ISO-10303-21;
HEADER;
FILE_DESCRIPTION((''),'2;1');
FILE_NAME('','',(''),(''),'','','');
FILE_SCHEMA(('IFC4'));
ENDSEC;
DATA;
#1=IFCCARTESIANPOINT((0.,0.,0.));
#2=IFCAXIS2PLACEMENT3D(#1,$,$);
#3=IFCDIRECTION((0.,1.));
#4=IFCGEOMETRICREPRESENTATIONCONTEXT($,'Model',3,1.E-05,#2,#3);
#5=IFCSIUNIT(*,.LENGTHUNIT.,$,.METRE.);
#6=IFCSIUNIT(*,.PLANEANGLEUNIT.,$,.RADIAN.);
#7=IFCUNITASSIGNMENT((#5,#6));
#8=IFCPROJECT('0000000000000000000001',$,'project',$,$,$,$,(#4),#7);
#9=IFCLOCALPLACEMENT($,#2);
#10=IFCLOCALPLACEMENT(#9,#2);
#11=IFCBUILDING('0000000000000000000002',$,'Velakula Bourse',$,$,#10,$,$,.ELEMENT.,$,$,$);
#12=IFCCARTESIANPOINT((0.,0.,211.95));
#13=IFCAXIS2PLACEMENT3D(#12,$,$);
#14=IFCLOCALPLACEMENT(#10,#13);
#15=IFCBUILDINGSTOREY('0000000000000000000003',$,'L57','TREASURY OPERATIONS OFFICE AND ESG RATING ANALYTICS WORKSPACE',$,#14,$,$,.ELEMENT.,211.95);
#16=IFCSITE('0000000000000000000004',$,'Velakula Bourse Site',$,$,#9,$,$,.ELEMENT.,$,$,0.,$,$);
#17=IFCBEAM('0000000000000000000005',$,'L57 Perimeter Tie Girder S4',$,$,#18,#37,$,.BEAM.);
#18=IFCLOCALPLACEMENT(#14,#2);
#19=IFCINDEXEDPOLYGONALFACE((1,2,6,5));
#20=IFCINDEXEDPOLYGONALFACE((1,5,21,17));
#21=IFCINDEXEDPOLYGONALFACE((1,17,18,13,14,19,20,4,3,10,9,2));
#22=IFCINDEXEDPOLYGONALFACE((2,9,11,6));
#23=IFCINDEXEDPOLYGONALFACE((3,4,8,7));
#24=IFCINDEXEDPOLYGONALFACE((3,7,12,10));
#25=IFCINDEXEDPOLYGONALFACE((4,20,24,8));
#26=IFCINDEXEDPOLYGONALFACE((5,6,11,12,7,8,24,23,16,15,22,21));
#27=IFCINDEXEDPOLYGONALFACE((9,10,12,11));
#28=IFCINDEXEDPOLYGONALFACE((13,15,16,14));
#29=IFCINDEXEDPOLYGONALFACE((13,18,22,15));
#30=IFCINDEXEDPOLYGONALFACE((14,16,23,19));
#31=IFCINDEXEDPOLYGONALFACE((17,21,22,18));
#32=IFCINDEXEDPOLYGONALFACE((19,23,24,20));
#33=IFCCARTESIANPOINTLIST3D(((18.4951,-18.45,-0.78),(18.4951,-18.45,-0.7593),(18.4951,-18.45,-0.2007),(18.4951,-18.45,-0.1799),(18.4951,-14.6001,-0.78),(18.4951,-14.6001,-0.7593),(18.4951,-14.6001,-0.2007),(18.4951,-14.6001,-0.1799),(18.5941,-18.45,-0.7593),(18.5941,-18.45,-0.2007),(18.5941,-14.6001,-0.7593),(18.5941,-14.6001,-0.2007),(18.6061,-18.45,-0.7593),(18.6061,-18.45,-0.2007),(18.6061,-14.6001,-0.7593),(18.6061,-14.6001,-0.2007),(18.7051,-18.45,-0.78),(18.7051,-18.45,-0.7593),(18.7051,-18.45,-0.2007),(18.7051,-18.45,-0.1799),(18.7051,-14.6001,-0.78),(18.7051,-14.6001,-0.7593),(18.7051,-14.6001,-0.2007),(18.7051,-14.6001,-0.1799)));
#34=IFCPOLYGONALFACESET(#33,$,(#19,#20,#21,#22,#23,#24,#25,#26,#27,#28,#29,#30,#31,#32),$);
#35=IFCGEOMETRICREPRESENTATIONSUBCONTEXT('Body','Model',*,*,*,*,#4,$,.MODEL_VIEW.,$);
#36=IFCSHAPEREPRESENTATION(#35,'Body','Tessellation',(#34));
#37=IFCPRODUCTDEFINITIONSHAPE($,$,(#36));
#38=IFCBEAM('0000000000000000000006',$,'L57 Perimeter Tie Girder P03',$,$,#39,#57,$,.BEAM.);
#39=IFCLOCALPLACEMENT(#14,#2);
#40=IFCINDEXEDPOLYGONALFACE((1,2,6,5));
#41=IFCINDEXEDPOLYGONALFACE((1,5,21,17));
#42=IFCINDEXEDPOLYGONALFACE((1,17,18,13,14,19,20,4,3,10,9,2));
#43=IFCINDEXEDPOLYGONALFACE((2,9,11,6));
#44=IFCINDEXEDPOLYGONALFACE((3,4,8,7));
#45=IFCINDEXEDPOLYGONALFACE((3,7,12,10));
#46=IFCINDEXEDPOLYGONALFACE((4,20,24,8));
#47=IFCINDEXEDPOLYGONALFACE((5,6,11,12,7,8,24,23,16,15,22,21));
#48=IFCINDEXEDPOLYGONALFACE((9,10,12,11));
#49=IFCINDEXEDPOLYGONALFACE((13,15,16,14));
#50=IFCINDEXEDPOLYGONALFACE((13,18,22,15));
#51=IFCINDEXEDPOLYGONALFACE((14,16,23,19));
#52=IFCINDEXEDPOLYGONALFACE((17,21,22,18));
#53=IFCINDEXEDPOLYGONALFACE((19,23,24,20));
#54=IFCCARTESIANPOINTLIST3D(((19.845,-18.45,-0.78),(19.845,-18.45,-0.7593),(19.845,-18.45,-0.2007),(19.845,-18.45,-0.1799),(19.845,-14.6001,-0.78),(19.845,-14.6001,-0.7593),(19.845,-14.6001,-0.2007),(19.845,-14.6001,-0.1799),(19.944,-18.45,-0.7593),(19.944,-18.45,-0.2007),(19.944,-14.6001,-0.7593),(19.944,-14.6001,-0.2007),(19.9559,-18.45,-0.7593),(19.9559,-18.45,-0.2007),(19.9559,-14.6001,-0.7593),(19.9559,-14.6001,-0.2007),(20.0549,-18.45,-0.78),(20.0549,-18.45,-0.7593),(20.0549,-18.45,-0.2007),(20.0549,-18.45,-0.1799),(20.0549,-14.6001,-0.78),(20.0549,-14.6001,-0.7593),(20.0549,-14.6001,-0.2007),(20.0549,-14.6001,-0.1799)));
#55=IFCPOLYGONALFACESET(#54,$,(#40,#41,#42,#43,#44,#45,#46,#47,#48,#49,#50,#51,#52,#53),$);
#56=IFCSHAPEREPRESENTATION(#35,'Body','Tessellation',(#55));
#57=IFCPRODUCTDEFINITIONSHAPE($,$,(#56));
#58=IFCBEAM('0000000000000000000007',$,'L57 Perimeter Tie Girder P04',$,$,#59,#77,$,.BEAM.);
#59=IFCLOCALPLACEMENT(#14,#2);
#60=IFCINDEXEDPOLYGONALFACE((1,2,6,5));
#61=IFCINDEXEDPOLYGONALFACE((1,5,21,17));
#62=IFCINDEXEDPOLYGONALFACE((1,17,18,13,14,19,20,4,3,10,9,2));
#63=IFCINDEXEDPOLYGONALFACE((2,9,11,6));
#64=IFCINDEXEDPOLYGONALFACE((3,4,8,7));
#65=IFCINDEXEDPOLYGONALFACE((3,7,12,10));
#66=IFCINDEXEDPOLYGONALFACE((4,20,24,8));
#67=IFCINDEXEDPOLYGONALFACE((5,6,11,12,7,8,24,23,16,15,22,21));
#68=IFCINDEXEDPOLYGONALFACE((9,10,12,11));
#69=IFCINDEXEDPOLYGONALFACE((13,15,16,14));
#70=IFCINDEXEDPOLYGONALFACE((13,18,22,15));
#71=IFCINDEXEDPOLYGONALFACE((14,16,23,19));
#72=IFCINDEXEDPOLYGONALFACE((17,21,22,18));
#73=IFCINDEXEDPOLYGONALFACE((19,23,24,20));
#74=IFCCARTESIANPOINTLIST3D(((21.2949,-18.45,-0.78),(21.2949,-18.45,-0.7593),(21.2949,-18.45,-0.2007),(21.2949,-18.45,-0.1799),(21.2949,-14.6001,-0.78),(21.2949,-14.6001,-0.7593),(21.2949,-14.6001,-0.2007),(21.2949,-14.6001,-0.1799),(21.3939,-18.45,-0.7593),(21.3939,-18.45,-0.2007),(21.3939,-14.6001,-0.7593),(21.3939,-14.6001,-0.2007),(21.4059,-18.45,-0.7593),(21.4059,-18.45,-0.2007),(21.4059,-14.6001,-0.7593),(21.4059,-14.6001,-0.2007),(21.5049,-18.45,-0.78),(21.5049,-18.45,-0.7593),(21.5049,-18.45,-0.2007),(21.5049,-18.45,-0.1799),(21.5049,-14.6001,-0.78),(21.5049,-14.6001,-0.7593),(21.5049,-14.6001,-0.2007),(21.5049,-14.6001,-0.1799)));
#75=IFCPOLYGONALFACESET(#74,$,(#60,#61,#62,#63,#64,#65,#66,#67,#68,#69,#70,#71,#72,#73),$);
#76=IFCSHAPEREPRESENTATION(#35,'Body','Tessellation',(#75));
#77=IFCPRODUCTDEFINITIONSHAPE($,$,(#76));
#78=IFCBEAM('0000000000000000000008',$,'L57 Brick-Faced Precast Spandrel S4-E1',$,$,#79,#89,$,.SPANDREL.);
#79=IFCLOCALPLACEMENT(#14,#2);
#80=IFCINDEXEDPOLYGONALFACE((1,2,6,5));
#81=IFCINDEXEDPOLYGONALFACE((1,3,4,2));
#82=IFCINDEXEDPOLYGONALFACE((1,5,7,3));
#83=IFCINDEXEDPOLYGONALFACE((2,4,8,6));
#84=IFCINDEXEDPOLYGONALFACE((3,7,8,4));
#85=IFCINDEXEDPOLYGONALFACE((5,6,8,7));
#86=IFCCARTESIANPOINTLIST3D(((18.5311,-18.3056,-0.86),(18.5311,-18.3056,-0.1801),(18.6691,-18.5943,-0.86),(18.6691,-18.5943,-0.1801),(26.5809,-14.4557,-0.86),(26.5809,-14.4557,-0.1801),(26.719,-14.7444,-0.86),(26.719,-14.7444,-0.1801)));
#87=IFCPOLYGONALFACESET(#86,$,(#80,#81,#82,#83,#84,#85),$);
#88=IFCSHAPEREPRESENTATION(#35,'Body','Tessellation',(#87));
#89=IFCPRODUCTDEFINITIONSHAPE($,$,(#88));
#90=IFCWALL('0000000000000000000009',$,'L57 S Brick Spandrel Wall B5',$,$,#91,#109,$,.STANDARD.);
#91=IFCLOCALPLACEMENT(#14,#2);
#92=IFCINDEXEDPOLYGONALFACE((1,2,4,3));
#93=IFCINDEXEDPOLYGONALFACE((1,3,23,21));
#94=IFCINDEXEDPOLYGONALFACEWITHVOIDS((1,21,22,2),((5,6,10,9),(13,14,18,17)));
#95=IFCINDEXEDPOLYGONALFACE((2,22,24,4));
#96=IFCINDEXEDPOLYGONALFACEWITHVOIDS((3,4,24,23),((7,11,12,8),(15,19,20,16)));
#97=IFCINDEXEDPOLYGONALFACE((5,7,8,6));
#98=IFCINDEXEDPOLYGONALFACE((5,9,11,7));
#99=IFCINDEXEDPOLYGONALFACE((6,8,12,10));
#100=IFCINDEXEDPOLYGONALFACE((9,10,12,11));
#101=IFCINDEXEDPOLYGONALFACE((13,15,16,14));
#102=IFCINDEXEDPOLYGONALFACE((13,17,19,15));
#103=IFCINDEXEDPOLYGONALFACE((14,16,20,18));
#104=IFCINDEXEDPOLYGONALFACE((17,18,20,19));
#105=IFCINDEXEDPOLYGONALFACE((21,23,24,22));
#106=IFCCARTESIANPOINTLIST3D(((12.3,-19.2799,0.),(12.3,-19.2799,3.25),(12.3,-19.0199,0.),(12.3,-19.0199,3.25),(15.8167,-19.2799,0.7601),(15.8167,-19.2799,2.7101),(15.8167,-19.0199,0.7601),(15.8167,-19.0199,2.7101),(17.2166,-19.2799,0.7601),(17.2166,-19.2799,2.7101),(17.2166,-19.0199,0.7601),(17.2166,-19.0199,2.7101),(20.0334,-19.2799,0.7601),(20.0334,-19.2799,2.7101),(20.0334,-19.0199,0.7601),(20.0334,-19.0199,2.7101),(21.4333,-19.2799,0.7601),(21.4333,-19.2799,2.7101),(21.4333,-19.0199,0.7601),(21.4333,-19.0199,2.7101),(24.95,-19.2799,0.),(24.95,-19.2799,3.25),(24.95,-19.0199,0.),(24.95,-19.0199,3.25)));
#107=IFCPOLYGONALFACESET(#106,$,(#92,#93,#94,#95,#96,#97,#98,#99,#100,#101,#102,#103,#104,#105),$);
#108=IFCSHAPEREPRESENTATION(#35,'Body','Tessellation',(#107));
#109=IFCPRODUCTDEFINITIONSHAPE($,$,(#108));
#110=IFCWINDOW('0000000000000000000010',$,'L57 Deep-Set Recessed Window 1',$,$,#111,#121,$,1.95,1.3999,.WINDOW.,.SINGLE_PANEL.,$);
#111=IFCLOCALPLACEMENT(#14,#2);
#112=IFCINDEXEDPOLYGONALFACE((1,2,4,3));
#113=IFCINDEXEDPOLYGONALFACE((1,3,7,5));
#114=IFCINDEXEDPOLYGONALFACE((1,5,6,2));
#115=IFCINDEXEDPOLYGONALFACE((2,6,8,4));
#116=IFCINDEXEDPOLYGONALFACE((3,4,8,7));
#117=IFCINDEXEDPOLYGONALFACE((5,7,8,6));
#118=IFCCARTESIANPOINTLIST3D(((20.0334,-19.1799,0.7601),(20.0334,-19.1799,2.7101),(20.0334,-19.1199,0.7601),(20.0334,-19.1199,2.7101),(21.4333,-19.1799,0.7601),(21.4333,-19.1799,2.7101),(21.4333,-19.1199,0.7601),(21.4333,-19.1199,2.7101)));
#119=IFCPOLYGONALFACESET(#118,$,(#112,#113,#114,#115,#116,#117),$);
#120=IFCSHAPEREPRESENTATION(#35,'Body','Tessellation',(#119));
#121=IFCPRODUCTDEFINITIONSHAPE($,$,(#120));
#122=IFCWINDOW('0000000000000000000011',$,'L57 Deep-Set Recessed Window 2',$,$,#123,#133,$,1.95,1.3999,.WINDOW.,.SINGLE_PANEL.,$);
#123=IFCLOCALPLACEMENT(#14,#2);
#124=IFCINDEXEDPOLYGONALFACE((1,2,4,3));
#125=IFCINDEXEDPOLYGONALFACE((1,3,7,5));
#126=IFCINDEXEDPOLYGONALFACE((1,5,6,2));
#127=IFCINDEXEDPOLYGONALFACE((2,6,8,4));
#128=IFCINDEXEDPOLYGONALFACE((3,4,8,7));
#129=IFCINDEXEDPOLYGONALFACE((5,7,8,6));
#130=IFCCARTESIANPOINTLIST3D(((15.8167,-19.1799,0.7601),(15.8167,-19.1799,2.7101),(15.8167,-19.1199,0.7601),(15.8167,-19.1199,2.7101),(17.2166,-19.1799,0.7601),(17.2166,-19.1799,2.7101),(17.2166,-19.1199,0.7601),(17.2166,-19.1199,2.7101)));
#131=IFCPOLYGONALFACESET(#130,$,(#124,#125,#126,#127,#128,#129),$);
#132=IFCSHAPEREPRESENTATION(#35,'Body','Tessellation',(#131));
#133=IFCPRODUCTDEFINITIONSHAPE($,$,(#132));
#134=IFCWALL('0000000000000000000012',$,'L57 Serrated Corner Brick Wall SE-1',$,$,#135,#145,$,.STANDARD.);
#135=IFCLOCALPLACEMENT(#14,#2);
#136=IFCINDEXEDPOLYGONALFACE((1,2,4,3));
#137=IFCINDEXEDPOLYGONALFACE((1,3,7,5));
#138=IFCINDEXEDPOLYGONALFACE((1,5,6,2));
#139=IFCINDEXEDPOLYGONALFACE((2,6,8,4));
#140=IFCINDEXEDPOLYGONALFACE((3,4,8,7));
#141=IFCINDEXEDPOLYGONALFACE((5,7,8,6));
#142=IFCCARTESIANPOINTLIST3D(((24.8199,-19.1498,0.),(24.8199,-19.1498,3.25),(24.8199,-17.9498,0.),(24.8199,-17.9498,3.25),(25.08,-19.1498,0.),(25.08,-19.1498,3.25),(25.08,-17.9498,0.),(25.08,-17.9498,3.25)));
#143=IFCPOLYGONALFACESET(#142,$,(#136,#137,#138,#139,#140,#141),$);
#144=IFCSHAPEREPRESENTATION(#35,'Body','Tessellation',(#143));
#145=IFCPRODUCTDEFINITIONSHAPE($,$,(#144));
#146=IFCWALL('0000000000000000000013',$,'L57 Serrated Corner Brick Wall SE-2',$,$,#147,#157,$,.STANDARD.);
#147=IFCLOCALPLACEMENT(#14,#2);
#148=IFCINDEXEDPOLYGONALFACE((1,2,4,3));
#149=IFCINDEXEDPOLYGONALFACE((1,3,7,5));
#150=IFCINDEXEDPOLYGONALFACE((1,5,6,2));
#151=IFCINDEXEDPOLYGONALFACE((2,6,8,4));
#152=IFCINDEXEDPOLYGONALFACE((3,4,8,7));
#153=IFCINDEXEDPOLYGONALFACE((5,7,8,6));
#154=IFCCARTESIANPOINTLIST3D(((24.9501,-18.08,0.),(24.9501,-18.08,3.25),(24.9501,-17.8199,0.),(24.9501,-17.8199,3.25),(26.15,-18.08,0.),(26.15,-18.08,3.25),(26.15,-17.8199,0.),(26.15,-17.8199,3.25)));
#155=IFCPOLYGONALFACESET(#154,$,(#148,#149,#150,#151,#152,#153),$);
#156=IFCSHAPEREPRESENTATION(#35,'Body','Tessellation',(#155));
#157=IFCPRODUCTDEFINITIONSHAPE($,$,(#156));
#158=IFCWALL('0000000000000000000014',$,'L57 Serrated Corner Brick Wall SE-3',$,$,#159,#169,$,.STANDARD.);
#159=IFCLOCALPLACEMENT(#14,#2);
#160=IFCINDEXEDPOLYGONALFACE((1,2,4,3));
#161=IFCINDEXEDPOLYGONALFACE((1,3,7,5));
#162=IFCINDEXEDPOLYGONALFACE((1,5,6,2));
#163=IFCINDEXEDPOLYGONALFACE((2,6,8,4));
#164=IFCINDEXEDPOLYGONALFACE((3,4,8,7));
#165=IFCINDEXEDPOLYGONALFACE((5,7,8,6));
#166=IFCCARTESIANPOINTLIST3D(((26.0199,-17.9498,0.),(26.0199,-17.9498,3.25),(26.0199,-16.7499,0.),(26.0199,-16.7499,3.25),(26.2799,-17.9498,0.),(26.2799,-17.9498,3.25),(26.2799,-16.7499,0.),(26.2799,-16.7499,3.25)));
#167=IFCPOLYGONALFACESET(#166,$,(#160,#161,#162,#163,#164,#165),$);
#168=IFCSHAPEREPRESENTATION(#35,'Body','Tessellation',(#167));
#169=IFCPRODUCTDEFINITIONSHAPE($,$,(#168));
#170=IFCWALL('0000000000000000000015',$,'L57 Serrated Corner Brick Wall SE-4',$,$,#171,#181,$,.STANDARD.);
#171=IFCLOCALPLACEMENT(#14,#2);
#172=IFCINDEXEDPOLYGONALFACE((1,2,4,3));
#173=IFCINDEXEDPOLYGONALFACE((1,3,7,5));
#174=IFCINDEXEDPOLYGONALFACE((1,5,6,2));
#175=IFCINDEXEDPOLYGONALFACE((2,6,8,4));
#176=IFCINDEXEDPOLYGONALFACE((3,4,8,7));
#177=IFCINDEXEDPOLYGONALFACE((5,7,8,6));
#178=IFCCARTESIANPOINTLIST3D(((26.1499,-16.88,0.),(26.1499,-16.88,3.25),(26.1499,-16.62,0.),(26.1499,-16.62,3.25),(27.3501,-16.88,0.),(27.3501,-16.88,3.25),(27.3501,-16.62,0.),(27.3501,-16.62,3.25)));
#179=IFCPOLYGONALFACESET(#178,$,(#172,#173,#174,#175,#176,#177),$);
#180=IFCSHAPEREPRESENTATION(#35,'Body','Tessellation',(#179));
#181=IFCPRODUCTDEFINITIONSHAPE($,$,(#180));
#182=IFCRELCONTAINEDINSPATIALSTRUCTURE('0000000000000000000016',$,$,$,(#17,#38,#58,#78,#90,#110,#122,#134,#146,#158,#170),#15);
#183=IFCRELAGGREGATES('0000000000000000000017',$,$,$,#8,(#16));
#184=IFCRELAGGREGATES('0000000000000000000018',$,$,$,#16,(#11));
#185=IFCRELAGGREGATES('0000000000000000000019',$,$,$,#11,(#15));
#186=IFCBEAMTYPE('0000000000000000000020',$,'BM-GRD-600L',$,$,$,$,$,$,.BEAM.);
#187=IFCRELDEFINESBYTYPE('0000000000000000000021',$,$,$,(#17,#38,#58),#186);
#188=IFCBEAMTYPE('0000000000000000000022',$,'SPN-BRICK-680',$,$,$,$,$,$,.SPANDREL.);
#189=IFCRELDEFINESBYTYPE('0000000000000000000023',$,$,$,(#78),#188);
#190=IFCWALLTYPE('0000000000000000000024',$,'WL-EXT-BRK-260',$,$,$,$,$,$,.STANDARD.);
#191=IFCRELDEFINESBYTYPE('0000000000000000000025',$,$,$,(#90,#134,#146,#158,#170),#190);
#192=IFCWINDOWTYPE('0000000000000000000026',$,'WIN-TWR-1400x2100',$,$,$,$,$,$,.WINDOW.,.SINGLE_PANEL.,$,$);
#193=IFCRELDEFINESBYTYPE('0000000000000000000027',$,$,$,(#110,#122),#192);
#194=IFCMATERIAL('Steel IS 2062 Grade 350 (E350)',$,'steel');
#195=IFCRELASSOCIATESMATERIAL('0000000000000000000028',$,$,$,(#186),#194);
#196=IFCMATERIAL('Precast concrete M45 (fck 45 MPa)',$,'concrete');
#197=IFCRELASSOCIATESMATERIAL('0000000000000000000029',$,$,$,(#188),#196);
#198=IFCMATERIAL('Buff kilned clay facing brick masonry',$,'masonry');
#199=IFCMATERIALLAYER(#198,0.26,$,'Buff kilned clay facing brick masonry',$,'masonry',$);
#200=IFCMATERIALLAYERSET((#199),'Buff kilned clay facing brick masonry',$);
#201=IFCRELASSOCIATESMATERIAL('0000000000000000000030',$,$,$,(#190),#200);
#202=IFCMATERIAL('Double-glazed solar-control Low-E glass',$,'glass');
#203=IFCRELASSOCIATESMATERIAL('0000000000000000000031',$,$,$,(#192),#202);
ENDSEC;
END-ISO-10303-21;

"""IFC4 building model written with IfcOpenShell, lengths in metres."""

from ifc_helpers import new_model, si_unit, direction, frame, frame_2d, origin, origin_2d, place, context, subcontext, project, spatial, rectangle, i_section, extrude, material, layer, layer_set, material_profile, profile_set, type_object, element, fill, save


model = new_model("IFC4")

# Units and contexts
model_context = context("Model", 3, precision=1e-05, world=origin(), true_north=direction((0.0, 1.0)))
body_context = subcontext(model_context, "Body", "Model", "MODEL_VIEW")
ifc_project = project(units=[si_unit("LENGTHUNIT", "METRE"), si_unit("PLANEANGLEUNIT", "RADIAN")], contexts=[model_context])

# Site, building, storey
site_placement = place(None, origin())
site = spatial("IfcSite", under=ifc_project, at=site_placement, Name="Velakula Bourse Site", CompositionType="ELEMENT", RefElevation=0.0)
building_placement = place(site_placement, origin())
building = spatial("IfcBuilding", under=site, at=building_placement, Name="Velakula Bourse", CompositionType="ELEMENT")
storey_placement = place(building_placement, frame((0.0, 0.0, 211.95)))
storey = spatial("IfcBuildingStorey", under=building, at=storey_placement, Name="L57", Description="TREASURY OPERATIONS OFFICE AND ESG RATING ANALYTICS WORKSPACE", CompositionType="ELEMENT", Elevation=211.95)

# Shared definitions
ifc_material_1 = material(Name="Steel IS 2062 Grade 350 (E350)", Category="steel")
ifc_material_2 = material(Name="Precast concrete M45 (fck 45 MPa)", Category="concrete")

# Beams
ifc_material_profile_1 = material_profile(ifc_material_1, i_section(OverallWidth=0.21, OverallDepth=0.6001, WebThickness=0.012, FlangeThickness=0.0208, at=origin_2d()), Name="Steel IS 2062 Grade 350 (E350)")
ifc_profile_set_1 = profile_set([ifc_material_profile_1], Name="Steel IS 2062 Grade 350 (E350)")
beam_type_1 = type_object("IfcBeamType", Name="BM-GRD-600L", PredefinedType="BEAM", material=ifc_profile_set_1)
for number, where, z_axis, x_axis, name in (
    (1, (18.6001, -14.6001, -0.48), (0.0, -1.0, 0.0), (1.0, 0.0, 0.0), "L57 Perimeter Tie Girder S4"),
    (2, (19.95, -14.6001, -0.48), (0.0, -1.0, 0.0), (1.0, 0.0, 0.0), "L57 Perimeter Tie Girder P03"),
    (3, (21.3999, -14.6001, -0.48), (0.0, -1.0, 0.0), (1.0, 0.0, 0.0), "L57 Perimeter Tie Girder P04"),
):
    element("IfcBeam", number, at=place(storey_placement, frame(where, z_axis=z_axis, x_axis=x_axis)), inside=storey, type_object=beam_type_1, Name=name, PredefinedType="BEAM", context=body_context, shape_type="SweptSolid", body=[
        extrude(i_section(OverallWidth=0.21, OverallDepth=0.6001, WebThickness=0.012, FlangeThickness=0.0208, at=origin_2d()), origin(), (0.0, 0.0, 1.0), 3.8499),
    ])
ifc_material_profile_2 = material_profile(ifc_material_2, rectangle(XDim=0.3201, YDim=0.6799, at=origin_2d()), Name="Precast concrete M45 (fck 45 MPa)")
ifc_profile_set_2 = profile_set([ifc_material_profile_2], Name="Precast concrete M45 (fck 45 MPa)")
beam_type_2 = type_object("IfcBeamType", Name="SPN-BRICK-680", PredefinedType="SPANDREL", material=ifc_profile_set_2)
beam_1_placement = place(storey_placement, frame((18.6001, -18.45, -0.52), z_axis=(0.902137, 0.431451, 0.0), x_axis=(-0.431451, 0.902137, 0.0)))
element("IfcBeam", 4, at=beam_1_placement, inside=storey, type_object=beam_type_2, Name="L57 Brick-Faced Precast Spandrel S4-E1", PredefinedType="SPANDREL", context=body_context, shape_type="SweptSolid", body=[
    extrude(rectangle(XDim=0.3201, YDim=0.6799, at=origin_2d()), origin(), (0.0, 0.0, 1.0), 8.9231),
])

# Wall, openings, windows
ifc_material_3 = material(Name="Buff kilned clay facing brick masonry", Category="masonry")
ifc_layer = layer(ifc_material_3, 0.26, Name="Buff kilned clay facing brick masonry", Category="masonry")
ifc_layer_set = layer_set([ifc_layer], Name="Buff kilned clay facing brick masonry")
wall_type = type_object("IfcWallType", Name="WL-EXT-BRK-260", PredefinedType="STANDARD", material=ifc_layer_set)
wall_1_placement = place(storey_placement, frame((24.95, -19.1499, 0.0), z_axis=(0.0, 0.0, 1.0), x_axis=(-1.0, 0.0, 0.0)))
wall_1 = element("IfcWall", 5, at=wall_1_placement, inside=storey, type_object=wall_type, Name="L57 S Brick Spandrel Wall B5", PredefinedType="STANDARD", context=body_context, shape_type="SweptSolid", body=[
    extrude(rectangle(XDim=12.6499, YDim=0.26, at=frame_2d((6.325, 0.0))), origin(), (0.0, 0.0, 1.0), 3.25),
])
opening_1_placement = place(wall_1_placement, frame((3.5166, 0.0, 0.76)))
opening_1 = element("IfcOpeningElement", 6, at=opening_1_placement, cuts=wall_1, PredefinedType="OPENING", context=body_context, shape_type="SweptSolid", body=[
    extrude(rectangle(XDim=1.3999, YDim=1.95, at=frame_2d((0.7, 0.9751))), frame((0.0, 0.1399, 0.0), z_axis=(0.0, -1.0, 0.0), x_axis=(1.0, 0.0, 0.0)), (0.0, 0.0, 1.0), 0.28),
])
opening_2_placement = place(wall_1_placement, frame((7.7334, 0.0, 0.76)))
opening_2 = element("IfcOpeningElement", 7, at=opening_2_placement, cuts=wall_1, PredefinedType="OPENING", context=body_context, shape_type="SweptSolid", body=[
    extrude(rectangle(XDim=1.3999, YDim=1.95, at=frame_2d((0.7, 0.9751))), frame((0.0, 0.1399, 0.0), z_axis=(0.0, -1.0, 0.0), x_axis=(1.0, 0.0, 0.0)), (0.0, 0.0, 1.0), 0.28),
])
ifc_material_4 = material(Name="Double-glazed solar-control Low-E glass", Category="glass")
window_type = type_object("IfcWindowType", Name="WIN-TWR-1400x2100", PartitioningType="SINGLE_PANEL", PredefinedType="WINDOW", material=ifc_material_4)
window_1_placement = place(opening_1_placement, origin())
window_1 = element("IfcWindow", 8, at=window_1_placement, inside=storey, type_object=window_type, Name="L57 Deep-Set Recessed Window 1", OverallHeight=1.95, OverallWidth=1.3999, PartitioningType="SINGLE_PANEL", PredefinedType="WINDOW", context=body_context, shape_type="SweptSolid", body=[
    extrude(rectangle(XDim=1.3999, YDim=1.95, at=frame_2d((0.7, 0.9751))), frame((0.0, 0.03, 0.0), z_axis=(0.0, -1.0, 0.0), x_axis=(1.0, 0.0, 0.0)), (0.0, 0.0, 1.0), 0.0601),
])
fill(opening_1, window_1)
window_2_placement = place(opening_2_placement, origin())
window_2 = element("IfcWindow", 9, at=window_2_placement, inside=storey, type_object=window_type, Name="L57 Deep-Set Recessed Window 2", OverallHeight=1.95, OverallWidth=1.3999, PartitioningType="SINGLE_PANEL", PredefinedType="WINDOW", context=body_context, shape_type="SweptSolid", body=[
    extrude(rectangle(XDim=1.3999, YDim=1.95, at=frame_2d((0.7, 0.9751))), frame((0.0, 0.03, 0.0), z_axis=(0.0, -1.0, 0.0), x_axis=(1.0, 0.0, 0.0)), (0.0, 0.0, 1.0), 0.0601),
])
fill(opening_2, window_2)

# Walls
for number, where, z_axis, x_axis, name in (
    (10, (24.95, -19.1499, 0.0), (0.0, 0.0, 1.0), (0.0, 1.0, 0.0), "L57 Serrated Corner Brick Wall SE-1"),
    (11, (24.95, -17.95, 0.0), (0.0, 0.0, 1.0), (1.0, 0.0, 0.0), "L57 Serrated Corner Brick Wall SE-2"),
    (12, (26.1499, -17.95, 0.0), (0.0, 0.0, 1.0), (0.0, 1.0, 0.0), "L57 Serrated Corner Brick Wall SE-3"),
):
    element("IfcWall", number, at=place(storey_placement, frame(where, z_axis=z_axis, x_axis=x_axis)), inside=storey, type_object=wall_type, Name=name, PredefinedType="STANDARD", context=body_context, shape_type="SweptSolid", body=[
        extrude(rectangle(XDim=1.2, YDim=0.26, at=frame_2d((0.6001, 0.0))), origin(), (0.0, 0.0, 1.0), 3.25),
    ])
wall_2_placement = place(storey_placement, frame((26.1499, -16.75, 0.0), z_axis=(0.0, 0.0, 1.0), x_axis=(1.0, 0.0, 0.0)))
element("IfcWall", 13, at=wall_2_placement, inside=storey, type_object=wall_type, Name="L57 Serrated Corner Brick Wall SE-4", PredefinedType="STANDARD", context=body_context, shape_type="SweptSolid", body=[
    extrude(rectangle(XDim=1.2002, YDim=0.26, at=frame_2d((0.6001, 0.0))), origin(), (0.0, 0.0, 1.0), 3.25),
])

save(model, "model.ifc")
